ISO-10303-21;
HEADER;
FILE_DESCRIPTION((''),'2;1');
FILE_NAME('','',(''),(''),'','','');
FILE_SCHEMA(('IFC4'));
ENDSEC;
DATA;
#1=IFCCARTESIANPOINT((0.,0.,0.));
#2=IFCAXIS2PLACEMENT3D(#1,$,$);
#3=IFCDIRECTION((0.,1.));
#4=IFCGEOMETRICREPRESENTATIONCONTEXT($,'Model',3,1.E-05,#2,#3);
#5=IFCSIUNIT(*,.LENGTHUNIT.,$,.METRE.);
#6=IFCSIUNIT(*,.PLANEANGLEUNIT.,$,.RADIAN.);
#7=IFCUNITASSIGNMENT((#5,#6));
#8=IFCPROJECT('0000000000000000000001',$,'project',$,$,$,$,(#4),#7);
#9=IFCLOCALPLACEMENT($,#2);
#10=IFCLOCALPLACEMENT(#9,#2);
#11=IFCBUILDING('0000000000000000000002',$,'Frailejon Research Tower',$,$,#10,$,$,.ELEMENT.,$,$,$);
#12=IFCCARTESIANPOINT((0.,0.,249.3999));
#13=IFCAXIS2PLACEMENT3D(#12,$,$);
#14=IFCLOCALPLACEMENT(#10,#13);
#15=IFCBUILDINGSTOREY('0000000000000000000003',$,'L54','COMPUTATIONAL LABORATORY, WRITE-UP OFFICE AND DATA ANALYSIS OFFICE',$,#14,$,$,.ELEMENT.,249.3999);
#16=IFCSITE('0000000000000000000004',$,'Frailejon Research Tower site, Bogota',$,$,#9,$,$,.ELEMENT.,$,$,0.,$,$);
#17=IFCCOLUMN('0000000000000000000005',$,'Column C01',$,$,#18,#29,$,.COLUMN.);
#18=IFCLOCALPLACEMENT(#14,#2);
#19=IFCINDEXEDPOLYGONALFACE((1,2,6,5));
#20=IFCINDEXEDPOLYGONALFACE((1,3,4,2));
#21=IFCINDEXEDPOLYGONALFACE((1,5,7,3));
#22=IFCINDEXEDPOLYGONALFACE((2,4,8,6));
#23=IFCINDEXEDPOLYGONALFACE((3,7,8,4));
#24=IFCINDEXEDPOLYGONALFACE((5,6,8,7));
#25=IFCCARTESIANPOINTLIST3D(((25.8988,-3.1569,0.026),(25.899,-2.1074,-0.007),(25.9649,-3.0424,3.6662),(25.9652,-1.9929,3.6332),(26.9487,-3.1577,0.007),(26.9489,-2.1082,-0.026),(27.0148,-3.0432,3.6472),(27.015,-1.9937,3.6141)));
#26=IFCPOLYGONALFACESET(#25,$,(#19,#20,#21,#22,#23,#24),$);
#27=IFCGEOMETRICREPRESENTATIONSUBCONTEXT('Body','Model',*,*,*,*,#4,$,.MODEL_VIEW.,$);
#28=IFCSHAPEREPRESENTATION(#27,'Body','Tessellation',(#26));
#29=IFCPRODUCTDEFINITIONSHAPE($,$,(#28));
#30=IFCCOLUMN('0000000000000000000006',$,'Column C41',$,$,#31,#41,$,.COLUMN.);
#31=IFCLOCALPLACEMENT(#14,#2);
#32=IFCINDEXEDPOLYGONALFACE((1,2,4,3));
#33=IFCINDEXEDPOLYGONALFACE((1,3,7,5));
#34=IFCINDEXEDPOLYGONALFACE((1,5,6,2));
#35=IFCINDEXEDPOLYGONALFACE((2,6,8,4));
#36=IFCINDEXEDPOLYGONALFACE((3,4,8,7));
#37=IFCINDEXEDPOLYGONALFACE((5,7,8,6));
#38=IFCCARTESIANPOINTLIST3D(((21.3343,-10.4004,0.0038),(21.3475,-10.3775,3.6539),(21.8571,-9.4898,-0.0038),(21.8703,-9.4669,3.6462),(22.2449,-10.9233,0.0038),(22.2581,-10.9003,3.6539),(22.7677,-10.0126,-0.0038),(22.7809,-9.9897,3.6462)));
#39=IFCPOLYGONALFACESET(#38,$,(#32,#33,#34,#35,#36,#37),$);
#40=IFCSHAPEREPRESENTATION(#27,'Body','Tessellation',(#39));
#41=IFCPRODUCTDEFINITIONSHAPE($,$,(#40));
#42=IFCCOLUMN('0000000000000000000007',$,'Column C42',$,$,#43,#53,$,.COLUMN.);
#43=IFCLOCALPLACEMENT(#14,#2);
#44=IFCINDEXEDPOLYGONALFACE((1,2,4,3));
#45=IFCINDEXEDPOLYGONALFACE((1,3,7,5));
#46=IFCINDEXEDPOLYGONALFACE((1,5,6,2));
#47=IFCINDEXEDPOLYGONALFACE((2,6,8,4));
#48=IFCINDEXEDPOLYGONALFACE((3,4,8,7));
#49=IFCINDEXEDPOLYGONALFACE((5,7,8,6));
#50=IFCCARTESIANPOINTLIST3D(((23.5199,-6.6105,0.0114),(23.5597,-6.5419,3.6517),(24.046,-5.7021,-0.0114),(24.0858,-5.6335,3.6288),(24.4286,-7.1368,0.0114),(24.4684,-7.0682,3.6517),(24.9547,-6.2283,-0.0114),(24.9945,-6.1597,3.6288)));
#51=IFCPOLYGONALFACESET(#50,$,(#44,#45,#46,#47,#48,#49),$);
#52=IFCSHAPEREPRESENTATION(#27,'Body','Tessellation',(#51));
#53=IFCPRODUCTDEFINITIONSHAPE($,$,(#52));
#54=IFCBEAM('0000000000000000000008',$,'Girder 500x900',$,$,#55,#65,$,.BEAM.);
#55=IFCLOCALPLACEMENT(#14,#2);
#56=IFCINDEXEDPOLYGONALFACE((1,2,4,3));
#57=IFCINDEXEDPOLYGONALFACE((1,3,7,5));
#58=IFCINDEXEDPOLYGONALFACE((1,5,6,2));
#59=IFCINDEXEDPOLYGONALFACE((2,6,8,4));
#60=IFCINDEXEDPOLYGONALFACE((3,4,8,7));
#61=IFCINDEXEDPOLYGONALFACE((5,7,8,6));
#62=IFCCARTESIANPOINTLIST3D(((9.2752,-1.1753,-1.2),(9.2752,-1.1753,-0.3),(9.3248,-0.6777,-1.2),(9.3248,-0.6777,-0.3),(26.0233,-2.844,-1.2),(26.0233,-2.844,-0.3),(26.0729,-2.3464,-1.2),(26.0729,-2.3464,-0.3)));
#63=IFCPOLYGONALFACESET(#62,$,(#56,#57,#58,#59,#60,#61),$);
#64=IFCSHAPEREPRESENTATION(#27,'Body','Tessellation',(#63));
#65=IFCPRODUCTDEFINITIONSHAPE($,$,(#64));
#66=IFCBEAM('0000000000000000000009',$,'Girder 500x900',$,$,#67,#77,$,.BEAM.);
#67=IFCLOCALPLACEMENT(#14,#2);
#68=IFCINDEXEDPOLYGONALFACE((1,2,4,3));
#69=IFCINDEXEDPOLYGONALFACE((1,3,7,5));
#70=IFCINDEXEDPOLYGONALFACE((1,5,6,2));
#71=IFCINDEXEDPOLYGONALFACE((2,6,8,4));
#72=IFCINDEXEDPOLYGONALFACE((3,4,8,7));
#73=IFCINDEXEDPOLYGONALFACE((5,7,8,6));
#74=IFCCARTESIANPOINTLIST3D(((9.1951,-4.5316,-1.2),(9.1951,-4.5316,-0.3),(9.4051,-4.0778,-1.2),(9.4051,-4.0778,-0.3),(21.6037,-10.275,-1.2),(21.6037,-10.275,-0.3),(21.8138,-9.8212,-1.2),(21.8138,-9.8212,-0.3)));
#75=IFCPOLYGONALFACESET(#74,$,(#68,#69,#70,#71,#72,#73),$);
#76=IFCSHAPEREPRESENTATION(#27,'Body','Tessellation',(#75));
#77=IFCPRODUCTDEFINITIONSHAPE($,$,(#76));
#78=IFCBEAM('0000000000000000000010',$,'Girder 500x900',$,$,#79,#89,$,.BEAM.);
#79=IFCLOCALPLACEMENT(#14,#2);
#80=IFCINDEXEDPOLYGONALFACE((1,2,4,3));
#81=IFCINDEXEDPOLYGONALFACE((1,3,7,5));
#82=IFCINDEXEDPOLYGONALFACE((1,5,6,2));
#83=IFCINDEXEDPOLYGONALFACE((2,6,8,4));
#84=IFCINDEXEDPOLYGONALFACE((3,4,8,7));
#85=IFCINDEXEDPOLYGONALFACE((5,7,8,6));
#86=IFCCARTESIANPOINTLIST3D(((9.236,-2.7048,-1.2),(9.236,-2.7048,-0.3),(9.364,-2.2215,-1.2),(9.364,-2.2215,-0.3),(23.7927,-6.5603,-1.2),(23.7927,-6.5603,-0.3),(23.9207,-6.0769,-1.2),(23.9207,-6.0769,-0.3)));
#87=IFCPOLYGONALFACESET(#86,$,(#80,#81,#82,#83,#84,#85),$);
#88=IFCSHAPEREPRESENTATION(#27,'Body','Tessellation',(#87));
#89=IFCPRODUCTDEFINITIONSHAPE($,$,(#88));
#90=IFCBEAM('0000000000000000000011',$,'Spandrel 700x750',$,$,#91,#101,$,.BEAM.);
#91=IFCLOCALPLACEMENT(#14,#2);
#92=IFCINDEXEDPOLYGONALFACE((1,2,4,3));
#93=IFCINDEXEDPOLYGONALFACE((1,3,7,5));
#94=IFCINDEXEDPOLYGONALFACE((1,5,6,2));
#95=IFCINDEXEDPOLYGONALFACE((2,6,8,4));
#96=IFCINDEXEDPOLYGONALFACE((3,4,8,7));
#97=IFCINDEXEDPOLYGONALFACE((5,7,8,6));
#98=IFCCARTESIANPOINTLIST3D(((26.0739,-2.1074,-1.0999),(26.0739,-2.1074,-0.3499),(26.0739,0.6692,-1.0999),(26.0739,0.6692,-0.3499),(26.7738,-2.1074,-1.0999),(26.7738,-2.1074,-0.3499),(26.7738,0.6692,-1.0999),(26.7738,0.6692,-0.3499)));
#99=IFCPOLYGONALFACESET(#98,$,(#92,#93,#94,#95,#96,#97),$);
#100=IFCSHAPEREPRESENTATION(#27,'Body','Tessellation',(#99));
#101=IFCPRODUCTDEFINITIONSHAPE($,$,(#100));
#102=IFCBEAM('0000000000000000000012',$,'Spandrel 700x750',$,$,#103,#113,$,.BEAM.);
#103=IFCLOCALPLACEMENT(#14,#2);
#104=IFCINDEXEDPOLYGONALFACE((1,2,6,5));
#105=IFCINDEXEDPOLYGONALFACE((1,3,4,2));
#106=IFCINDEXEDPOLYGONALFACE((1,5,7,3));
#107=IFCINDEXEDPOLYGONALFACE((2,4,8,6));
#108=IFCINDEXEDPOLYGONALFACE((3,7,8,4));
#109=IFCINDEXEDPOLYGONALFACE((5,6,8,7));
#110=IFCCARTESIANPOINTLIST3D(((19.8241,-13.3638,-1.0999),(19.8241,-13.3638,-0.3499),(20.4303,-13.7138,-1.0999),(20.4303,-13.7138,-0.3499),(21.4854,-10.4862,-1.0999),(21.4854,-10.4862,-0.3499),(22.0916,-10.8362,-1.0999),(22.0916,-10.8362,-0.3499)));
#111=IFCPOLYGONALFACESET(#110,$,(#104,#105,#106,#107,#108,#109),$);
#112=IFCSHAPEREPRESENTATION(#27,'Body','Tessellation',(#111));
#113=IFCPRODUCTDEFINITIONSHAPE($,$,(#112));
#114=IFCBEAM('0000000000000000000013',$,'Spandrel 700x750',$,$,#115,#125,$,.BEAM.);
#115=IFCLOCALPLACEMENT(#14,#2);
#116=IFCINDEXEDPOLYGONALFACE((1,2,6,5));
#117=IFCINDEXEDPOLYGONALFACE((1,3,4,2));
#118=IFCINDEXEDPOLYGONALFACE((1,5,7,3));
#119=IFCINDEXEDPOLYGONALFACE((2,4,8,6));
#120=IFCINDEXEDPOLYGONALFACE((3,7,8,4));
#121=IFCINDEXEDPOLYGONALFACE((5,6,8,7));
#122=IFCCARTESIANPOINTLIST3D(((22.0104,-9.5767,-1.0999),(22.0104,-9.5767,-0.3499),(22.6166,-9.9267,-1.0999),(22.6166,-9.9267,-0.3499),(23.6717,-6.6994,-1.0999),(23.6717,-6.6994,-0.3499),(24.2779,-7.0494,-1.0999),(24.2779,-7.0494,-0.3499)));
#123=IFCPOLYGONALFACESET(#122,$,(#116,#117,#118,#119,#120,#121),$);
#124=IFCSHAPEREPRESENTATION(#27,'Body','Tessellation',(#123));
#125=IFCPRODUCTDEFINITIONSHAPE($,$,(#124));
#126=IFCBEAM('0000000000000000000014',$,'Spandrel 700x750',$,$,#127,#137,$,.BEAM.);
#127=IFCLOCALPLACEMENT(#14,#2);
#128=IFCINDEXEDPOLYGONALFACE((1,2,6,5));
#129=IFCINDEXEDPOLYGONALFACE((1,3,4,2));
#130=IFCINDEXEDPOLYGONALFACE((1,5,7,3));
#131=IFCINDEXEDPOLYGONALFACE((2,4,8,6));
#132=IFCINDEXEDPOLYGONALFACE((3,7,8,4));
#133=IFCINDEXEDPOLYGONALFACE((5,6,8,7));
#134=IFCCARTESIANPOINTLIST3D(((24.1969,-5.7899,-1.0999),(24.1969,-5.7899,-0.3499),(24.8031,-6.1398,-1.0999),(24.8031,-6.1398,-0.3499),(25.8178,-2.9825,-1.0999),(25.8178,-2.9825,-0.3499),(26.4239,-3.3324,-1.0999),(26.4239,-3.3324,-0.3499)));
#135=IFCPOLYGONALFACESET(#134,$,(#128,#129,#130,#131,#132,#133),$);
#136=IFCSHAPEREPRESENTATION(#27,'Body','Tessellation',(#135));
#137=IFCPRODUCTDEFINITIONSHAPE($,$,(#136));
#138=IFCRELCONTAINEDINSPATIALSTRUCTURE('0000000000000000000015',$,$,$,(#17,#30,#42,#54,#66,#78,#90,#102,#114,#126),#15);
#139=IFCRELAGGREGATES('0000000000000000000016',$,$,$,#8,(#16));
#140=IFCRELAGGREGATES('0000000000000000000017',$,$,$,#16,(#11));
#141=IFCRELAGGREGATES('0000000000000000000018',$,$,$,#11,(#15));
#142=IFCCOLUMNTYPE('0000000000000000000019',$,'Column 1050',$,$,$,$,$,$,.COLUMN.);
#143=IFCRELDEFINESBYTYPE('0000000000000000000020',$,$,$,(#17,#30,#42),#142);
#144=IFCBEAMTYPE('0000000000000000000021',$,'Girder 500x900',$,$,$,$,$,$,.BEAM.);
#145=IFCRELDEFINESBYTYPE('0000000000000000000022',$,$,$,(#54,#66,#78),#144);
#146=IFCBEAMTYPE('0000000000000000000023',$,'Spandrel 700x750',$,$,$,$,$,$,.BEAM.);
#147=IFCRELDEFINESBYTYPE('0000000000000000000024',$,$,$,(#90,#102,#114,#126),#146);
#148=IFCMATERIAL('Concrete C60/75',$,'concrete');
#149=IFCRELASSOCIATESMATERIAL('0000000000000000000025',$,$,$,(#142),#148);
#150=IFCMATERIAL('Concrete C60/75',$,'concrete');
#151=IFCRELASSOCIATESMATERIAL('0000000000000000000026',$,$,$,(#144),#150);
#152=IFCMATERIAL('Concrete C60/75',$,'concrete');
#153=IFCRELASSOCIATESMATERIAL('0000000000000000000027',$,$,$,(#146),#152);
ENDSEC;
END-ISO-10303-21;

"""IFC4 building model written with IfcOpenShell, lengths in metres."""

from ifc_helpers import new_model, si_unit, direction, frame, origin, origin_2d, place, context, subcontext, project, spatial, rectangle, extrude, material, material_profile, profile_set, type_object, element, save


model = new_model("IFC4")

# Units and contexts
model_context = context("Model", 3, precision=1e-05, world=origin(), true_north=direction((0.0, 1.0)))
body_context = subcontext(model_context, "Body", "Model", "MODEL_VIEW")
ifc_project = project(units=[si_unit("LENGTHUNIT", "METRE"), si_unit("PLANEANGLEUNIT", "RADIAN")], contexts=[model_context])

# Site, building, storey
site_placement = place(None, origin())
site = spatial("IfcSite", under=ifc_project, at=site_placement, Name="Frailejon Research Tower site, Bogota", CompositionType="ELEMENT", RefElevation=0.0)
building_placement = place(site_placement, origin())
building = spatial("IfcBuilding", under=site, at=building_placement, Name="Frailejon Research Tower", CompositionType="ELEMENT")
storey_placement = place(building_placement, frame((0.0, 0.0, 249.3999)))
storey = spatial("IfcBuildingStorey", under=building, at=storey_placement, Name="L54", Description="COMPUTATIONAL LABORATORY, WRITE-UP OFFICE AND DATA ANALYSIS OFFICE", CompositionType="ELEMENT", Elevation=249.3999)

# Columns
ifc_material_1 = material(Name="Concrete C60/75", Category="concrete")
ifc_material_profile_1 = material_profile(ifc_material_1, rectangle(XDim=1.05, YDim=1.05, at=origin_2d()), Name="Column 1050")
ifc_profile_set_1 = profile_set([ifc_material_profile_1], Name="Concrete C60/75")
column_type = type_object("IfcColumnType", Name="Column 1050", PredefinedType="COLUMN", material=ifc_profile_set_1)
column_1_placement = place(storey_placement, frame((26.4238, -2.6326, 0.0), z_axis=(0.018164, 0.031435, 0.999341), x_axis=(0.000221, 0.999505, -0.031444)))
element("IfcColumn", 1, at=column_1_placement, inside=storey, type_object=column_type, Name="Column C01", PredefinedType="COLUMN", context=body_context, shape_type="SweptSolid", body=[
    extrude(rectangle(XDim=1.05, YDim=1.05, at=origin_2d()), origin(), (0.0, 0.0, 1.0), 3.6426),
])
column_2_placement = place(storey_placement, frame((22.051, -10.2065, 0.0), z_axis=(0.003612, 0.006287, 0.999974), x_axis=(0.49789, 0.86721, -0.007251)))
element("IfcColumn", 2, at=column_2_placement, inside=storey, type_object=column_type, Name="Column C41", PredefinedType="COLUMN", context=body_context, shape_type="SweptSolid", body=[
    extrude(rectangle(XDim=1.05, YDim=1.05, at=origin_2d()), origin(), (0.0, 0.0, 1.0), 3.6501),
])
column_3_placement = place(storey_placement, frame((24.2373, -6.4194, 0.0), z_axis=(0.01093, 0.018842, 0.999763), x_axis=(0.501062, 0.865137, -0.021782)))
element("IfcColumn", 3, at=column_3_placement, inside=storey, type_object=column_type, Name="Column C42", PredefinedType="COLUMN", context=body_context, shape_type="SweptSolid", body=[
    extrude(rectangle(XDim=1.05, YDim=1.05, at=origin_2d()), origin(), (0.0, 0.0, 1.0), 3.6411),
])

# Beams
ifc_material_2 = material(Name="Concrete C60/75", Category="concrete")
ifc_material_profile_2 = material_profile(ifc_material_2, rectangle(XDim=0.5, YDim=0.8999, at=origin_2d()), Name="Girder 500x900")
ifc_profile_set_2 = profile_set([ifc_material_profile_2], Name="Concrete C60/75")
beam_type_1 = type_object("IfcBeamType", Name="Girder 500x900", PredefinedType="BEAM", material=ifc_profile_set_2)
beam_1_placement = place(storey_placement, frame((26.0481, -2.5952, -0.75), z_axis=(-0.995073, 0.099145, 0.0), x_axis=(-0.099145, -0.995073, 0.0)))
element("IfcBeam", 4, at=beam_1_placement, inside=storey, type_object=beam_type_1, Name="Girder 500x900", PredefinedType="BEAM", context=body_context, shape_type="SweptSolid", body=[
    extrude(rectangle(XDim=0.5, YDim=0.8999, at=origin_2d()), origin(), (0.0, 0.0, 1.0), 16.8311),
])
beam_2_placement = place(storey_placement, frame((21.7087, -10.0481, -0.75), z_axis=(-0.907505, 0.420042, 0.0), x_axis=(-0.420042, -0.907505, 0.0)))
element("IfcBeam", 5, at=beam_2_placement, inside=storey, type_object=beam_type_1, Name="Girder 500x900", PredefinedType="BEAM", context=body_context, shape_type="SweptSolid", body=[
    extrude(rectangle(XDim=0.5, YDim=0.8999, at=origin_2d()), origin(), (0.0, 0.0, 1.0), 13.6733),
])
beam_3_placement = place(storey_placement, frame((23.8567, -6.3186, -0.75), z_axis=(-0.966668, 0.256032, 0.0), x_axis=(-0.256032, -0.966668, 0.0)))
element("IfcBeam", 6, at=beam_3_placement, inside=storey, type_object=beam_type_1, Name="Girder 500x900", PredefinedType="BEAM", context=body_context, shape_type="SweptSolid", body=[
    extrude(rectangle(XDim=0.5, YDim=0.8999, at=origin_2d()), origin(), (0.0, 0.0, 1.0), 15.0586),
])
ifc_material_3 = material(Name="Concrete C60/75", Category="concrete")
ifc_material_profile_3 = material_profile(ifc_material_3, rectangle(XDim=0.7, YDim=0.75, at=origin_2d()), Name="Spandrel 700x750")
ifc_profile_set_3 = profile_set([ifc_material_profile_3], Name="Concrete C60/75")
beam_type_2 = type_object("IfcBeamType", Name="Spandrel 700x750", PredefinedType="BEAM", material=ifc_profile_set_3)
beam_4_placement = place(storey_placement, frame((26.4238, -2.1074, -0.7249), z_axis=(0.0, 1.0, 0.0), x_axis=(-1.0, 0.0, 0.0)))
element("IfcBeam", 7, at=beam_4_placement, inside=storey, type_object=beam_type_2, Name="Spandrel 700x750", PredefinedType="BEAM", context=body_context, shape_type="SweptSolid", body=[
    extrude(rectangle(XDim=0.7, YDim=0.75, at=origin_2d()), origin(), (0.0, 0.0, 1.0), 2.7766),
])
beam_5_placement = place(storey_placement, frame((20.1272, -13.5388, -0.7249), z_axis=(0.499987, 0.866033, 0.0), x_axis=(-0.866033, 0.499987, 0.0)))
element("IfcBeam", 8, at=beam_5_placement, inside=storey, type_object=beam_type_2, Name="Spandrel 700x750", PredefinedType="BEAM", context=body_context, shape_type="SweptSolid", body=[
    extrude(rectangle(XDim=0.7, YDim=0.75, at=origin_2d()), origin(), (0.0, 0.0, 1.0), 3.3228),
])
beam_6_placement = place(storey_placement, frame((22.3135, -9.7517, -0.7249), z_axis=(0.500019, 0.866014, 0.0), x_axis=(-0.866014, 0.500019, 0.0)))
element("IfcBeam", 9, at=beam_6_placement, inside=storey, type_object=beam_type_2, Name="Spandrel 700x750", PredefinedType="BEAM", context=body_context, shape_type="SweptSolid", body=[
    extrude(rectangle(XDim=0.7, YDim=0.75, at=origin_2d()), origin(), (0.0, 0.0, 1.0), 3.3225),
])
beam_7_placement = place(storey_placement, frame((24.5, -5.9648, -0.7249), z_axis=(0.500003, 0.866024, 0.0), x_axis=(-0.866024, 0.500003, 0.0)))
element("IfcBeam", 10, at=beam_7_placement, inside=storey, type_object=beam_type_2, Name="Spandrel 700x750", PredefinedType="BEAM", context=body_context, shape_type="SweptSolid", body=[
    extrude(rectangle(XDim=0.7, YDim=0.75, at=origin_2d()), origin(), (0.0, 0.0, 1.0), 3.2417),
])

save(model, "model.ifc")
